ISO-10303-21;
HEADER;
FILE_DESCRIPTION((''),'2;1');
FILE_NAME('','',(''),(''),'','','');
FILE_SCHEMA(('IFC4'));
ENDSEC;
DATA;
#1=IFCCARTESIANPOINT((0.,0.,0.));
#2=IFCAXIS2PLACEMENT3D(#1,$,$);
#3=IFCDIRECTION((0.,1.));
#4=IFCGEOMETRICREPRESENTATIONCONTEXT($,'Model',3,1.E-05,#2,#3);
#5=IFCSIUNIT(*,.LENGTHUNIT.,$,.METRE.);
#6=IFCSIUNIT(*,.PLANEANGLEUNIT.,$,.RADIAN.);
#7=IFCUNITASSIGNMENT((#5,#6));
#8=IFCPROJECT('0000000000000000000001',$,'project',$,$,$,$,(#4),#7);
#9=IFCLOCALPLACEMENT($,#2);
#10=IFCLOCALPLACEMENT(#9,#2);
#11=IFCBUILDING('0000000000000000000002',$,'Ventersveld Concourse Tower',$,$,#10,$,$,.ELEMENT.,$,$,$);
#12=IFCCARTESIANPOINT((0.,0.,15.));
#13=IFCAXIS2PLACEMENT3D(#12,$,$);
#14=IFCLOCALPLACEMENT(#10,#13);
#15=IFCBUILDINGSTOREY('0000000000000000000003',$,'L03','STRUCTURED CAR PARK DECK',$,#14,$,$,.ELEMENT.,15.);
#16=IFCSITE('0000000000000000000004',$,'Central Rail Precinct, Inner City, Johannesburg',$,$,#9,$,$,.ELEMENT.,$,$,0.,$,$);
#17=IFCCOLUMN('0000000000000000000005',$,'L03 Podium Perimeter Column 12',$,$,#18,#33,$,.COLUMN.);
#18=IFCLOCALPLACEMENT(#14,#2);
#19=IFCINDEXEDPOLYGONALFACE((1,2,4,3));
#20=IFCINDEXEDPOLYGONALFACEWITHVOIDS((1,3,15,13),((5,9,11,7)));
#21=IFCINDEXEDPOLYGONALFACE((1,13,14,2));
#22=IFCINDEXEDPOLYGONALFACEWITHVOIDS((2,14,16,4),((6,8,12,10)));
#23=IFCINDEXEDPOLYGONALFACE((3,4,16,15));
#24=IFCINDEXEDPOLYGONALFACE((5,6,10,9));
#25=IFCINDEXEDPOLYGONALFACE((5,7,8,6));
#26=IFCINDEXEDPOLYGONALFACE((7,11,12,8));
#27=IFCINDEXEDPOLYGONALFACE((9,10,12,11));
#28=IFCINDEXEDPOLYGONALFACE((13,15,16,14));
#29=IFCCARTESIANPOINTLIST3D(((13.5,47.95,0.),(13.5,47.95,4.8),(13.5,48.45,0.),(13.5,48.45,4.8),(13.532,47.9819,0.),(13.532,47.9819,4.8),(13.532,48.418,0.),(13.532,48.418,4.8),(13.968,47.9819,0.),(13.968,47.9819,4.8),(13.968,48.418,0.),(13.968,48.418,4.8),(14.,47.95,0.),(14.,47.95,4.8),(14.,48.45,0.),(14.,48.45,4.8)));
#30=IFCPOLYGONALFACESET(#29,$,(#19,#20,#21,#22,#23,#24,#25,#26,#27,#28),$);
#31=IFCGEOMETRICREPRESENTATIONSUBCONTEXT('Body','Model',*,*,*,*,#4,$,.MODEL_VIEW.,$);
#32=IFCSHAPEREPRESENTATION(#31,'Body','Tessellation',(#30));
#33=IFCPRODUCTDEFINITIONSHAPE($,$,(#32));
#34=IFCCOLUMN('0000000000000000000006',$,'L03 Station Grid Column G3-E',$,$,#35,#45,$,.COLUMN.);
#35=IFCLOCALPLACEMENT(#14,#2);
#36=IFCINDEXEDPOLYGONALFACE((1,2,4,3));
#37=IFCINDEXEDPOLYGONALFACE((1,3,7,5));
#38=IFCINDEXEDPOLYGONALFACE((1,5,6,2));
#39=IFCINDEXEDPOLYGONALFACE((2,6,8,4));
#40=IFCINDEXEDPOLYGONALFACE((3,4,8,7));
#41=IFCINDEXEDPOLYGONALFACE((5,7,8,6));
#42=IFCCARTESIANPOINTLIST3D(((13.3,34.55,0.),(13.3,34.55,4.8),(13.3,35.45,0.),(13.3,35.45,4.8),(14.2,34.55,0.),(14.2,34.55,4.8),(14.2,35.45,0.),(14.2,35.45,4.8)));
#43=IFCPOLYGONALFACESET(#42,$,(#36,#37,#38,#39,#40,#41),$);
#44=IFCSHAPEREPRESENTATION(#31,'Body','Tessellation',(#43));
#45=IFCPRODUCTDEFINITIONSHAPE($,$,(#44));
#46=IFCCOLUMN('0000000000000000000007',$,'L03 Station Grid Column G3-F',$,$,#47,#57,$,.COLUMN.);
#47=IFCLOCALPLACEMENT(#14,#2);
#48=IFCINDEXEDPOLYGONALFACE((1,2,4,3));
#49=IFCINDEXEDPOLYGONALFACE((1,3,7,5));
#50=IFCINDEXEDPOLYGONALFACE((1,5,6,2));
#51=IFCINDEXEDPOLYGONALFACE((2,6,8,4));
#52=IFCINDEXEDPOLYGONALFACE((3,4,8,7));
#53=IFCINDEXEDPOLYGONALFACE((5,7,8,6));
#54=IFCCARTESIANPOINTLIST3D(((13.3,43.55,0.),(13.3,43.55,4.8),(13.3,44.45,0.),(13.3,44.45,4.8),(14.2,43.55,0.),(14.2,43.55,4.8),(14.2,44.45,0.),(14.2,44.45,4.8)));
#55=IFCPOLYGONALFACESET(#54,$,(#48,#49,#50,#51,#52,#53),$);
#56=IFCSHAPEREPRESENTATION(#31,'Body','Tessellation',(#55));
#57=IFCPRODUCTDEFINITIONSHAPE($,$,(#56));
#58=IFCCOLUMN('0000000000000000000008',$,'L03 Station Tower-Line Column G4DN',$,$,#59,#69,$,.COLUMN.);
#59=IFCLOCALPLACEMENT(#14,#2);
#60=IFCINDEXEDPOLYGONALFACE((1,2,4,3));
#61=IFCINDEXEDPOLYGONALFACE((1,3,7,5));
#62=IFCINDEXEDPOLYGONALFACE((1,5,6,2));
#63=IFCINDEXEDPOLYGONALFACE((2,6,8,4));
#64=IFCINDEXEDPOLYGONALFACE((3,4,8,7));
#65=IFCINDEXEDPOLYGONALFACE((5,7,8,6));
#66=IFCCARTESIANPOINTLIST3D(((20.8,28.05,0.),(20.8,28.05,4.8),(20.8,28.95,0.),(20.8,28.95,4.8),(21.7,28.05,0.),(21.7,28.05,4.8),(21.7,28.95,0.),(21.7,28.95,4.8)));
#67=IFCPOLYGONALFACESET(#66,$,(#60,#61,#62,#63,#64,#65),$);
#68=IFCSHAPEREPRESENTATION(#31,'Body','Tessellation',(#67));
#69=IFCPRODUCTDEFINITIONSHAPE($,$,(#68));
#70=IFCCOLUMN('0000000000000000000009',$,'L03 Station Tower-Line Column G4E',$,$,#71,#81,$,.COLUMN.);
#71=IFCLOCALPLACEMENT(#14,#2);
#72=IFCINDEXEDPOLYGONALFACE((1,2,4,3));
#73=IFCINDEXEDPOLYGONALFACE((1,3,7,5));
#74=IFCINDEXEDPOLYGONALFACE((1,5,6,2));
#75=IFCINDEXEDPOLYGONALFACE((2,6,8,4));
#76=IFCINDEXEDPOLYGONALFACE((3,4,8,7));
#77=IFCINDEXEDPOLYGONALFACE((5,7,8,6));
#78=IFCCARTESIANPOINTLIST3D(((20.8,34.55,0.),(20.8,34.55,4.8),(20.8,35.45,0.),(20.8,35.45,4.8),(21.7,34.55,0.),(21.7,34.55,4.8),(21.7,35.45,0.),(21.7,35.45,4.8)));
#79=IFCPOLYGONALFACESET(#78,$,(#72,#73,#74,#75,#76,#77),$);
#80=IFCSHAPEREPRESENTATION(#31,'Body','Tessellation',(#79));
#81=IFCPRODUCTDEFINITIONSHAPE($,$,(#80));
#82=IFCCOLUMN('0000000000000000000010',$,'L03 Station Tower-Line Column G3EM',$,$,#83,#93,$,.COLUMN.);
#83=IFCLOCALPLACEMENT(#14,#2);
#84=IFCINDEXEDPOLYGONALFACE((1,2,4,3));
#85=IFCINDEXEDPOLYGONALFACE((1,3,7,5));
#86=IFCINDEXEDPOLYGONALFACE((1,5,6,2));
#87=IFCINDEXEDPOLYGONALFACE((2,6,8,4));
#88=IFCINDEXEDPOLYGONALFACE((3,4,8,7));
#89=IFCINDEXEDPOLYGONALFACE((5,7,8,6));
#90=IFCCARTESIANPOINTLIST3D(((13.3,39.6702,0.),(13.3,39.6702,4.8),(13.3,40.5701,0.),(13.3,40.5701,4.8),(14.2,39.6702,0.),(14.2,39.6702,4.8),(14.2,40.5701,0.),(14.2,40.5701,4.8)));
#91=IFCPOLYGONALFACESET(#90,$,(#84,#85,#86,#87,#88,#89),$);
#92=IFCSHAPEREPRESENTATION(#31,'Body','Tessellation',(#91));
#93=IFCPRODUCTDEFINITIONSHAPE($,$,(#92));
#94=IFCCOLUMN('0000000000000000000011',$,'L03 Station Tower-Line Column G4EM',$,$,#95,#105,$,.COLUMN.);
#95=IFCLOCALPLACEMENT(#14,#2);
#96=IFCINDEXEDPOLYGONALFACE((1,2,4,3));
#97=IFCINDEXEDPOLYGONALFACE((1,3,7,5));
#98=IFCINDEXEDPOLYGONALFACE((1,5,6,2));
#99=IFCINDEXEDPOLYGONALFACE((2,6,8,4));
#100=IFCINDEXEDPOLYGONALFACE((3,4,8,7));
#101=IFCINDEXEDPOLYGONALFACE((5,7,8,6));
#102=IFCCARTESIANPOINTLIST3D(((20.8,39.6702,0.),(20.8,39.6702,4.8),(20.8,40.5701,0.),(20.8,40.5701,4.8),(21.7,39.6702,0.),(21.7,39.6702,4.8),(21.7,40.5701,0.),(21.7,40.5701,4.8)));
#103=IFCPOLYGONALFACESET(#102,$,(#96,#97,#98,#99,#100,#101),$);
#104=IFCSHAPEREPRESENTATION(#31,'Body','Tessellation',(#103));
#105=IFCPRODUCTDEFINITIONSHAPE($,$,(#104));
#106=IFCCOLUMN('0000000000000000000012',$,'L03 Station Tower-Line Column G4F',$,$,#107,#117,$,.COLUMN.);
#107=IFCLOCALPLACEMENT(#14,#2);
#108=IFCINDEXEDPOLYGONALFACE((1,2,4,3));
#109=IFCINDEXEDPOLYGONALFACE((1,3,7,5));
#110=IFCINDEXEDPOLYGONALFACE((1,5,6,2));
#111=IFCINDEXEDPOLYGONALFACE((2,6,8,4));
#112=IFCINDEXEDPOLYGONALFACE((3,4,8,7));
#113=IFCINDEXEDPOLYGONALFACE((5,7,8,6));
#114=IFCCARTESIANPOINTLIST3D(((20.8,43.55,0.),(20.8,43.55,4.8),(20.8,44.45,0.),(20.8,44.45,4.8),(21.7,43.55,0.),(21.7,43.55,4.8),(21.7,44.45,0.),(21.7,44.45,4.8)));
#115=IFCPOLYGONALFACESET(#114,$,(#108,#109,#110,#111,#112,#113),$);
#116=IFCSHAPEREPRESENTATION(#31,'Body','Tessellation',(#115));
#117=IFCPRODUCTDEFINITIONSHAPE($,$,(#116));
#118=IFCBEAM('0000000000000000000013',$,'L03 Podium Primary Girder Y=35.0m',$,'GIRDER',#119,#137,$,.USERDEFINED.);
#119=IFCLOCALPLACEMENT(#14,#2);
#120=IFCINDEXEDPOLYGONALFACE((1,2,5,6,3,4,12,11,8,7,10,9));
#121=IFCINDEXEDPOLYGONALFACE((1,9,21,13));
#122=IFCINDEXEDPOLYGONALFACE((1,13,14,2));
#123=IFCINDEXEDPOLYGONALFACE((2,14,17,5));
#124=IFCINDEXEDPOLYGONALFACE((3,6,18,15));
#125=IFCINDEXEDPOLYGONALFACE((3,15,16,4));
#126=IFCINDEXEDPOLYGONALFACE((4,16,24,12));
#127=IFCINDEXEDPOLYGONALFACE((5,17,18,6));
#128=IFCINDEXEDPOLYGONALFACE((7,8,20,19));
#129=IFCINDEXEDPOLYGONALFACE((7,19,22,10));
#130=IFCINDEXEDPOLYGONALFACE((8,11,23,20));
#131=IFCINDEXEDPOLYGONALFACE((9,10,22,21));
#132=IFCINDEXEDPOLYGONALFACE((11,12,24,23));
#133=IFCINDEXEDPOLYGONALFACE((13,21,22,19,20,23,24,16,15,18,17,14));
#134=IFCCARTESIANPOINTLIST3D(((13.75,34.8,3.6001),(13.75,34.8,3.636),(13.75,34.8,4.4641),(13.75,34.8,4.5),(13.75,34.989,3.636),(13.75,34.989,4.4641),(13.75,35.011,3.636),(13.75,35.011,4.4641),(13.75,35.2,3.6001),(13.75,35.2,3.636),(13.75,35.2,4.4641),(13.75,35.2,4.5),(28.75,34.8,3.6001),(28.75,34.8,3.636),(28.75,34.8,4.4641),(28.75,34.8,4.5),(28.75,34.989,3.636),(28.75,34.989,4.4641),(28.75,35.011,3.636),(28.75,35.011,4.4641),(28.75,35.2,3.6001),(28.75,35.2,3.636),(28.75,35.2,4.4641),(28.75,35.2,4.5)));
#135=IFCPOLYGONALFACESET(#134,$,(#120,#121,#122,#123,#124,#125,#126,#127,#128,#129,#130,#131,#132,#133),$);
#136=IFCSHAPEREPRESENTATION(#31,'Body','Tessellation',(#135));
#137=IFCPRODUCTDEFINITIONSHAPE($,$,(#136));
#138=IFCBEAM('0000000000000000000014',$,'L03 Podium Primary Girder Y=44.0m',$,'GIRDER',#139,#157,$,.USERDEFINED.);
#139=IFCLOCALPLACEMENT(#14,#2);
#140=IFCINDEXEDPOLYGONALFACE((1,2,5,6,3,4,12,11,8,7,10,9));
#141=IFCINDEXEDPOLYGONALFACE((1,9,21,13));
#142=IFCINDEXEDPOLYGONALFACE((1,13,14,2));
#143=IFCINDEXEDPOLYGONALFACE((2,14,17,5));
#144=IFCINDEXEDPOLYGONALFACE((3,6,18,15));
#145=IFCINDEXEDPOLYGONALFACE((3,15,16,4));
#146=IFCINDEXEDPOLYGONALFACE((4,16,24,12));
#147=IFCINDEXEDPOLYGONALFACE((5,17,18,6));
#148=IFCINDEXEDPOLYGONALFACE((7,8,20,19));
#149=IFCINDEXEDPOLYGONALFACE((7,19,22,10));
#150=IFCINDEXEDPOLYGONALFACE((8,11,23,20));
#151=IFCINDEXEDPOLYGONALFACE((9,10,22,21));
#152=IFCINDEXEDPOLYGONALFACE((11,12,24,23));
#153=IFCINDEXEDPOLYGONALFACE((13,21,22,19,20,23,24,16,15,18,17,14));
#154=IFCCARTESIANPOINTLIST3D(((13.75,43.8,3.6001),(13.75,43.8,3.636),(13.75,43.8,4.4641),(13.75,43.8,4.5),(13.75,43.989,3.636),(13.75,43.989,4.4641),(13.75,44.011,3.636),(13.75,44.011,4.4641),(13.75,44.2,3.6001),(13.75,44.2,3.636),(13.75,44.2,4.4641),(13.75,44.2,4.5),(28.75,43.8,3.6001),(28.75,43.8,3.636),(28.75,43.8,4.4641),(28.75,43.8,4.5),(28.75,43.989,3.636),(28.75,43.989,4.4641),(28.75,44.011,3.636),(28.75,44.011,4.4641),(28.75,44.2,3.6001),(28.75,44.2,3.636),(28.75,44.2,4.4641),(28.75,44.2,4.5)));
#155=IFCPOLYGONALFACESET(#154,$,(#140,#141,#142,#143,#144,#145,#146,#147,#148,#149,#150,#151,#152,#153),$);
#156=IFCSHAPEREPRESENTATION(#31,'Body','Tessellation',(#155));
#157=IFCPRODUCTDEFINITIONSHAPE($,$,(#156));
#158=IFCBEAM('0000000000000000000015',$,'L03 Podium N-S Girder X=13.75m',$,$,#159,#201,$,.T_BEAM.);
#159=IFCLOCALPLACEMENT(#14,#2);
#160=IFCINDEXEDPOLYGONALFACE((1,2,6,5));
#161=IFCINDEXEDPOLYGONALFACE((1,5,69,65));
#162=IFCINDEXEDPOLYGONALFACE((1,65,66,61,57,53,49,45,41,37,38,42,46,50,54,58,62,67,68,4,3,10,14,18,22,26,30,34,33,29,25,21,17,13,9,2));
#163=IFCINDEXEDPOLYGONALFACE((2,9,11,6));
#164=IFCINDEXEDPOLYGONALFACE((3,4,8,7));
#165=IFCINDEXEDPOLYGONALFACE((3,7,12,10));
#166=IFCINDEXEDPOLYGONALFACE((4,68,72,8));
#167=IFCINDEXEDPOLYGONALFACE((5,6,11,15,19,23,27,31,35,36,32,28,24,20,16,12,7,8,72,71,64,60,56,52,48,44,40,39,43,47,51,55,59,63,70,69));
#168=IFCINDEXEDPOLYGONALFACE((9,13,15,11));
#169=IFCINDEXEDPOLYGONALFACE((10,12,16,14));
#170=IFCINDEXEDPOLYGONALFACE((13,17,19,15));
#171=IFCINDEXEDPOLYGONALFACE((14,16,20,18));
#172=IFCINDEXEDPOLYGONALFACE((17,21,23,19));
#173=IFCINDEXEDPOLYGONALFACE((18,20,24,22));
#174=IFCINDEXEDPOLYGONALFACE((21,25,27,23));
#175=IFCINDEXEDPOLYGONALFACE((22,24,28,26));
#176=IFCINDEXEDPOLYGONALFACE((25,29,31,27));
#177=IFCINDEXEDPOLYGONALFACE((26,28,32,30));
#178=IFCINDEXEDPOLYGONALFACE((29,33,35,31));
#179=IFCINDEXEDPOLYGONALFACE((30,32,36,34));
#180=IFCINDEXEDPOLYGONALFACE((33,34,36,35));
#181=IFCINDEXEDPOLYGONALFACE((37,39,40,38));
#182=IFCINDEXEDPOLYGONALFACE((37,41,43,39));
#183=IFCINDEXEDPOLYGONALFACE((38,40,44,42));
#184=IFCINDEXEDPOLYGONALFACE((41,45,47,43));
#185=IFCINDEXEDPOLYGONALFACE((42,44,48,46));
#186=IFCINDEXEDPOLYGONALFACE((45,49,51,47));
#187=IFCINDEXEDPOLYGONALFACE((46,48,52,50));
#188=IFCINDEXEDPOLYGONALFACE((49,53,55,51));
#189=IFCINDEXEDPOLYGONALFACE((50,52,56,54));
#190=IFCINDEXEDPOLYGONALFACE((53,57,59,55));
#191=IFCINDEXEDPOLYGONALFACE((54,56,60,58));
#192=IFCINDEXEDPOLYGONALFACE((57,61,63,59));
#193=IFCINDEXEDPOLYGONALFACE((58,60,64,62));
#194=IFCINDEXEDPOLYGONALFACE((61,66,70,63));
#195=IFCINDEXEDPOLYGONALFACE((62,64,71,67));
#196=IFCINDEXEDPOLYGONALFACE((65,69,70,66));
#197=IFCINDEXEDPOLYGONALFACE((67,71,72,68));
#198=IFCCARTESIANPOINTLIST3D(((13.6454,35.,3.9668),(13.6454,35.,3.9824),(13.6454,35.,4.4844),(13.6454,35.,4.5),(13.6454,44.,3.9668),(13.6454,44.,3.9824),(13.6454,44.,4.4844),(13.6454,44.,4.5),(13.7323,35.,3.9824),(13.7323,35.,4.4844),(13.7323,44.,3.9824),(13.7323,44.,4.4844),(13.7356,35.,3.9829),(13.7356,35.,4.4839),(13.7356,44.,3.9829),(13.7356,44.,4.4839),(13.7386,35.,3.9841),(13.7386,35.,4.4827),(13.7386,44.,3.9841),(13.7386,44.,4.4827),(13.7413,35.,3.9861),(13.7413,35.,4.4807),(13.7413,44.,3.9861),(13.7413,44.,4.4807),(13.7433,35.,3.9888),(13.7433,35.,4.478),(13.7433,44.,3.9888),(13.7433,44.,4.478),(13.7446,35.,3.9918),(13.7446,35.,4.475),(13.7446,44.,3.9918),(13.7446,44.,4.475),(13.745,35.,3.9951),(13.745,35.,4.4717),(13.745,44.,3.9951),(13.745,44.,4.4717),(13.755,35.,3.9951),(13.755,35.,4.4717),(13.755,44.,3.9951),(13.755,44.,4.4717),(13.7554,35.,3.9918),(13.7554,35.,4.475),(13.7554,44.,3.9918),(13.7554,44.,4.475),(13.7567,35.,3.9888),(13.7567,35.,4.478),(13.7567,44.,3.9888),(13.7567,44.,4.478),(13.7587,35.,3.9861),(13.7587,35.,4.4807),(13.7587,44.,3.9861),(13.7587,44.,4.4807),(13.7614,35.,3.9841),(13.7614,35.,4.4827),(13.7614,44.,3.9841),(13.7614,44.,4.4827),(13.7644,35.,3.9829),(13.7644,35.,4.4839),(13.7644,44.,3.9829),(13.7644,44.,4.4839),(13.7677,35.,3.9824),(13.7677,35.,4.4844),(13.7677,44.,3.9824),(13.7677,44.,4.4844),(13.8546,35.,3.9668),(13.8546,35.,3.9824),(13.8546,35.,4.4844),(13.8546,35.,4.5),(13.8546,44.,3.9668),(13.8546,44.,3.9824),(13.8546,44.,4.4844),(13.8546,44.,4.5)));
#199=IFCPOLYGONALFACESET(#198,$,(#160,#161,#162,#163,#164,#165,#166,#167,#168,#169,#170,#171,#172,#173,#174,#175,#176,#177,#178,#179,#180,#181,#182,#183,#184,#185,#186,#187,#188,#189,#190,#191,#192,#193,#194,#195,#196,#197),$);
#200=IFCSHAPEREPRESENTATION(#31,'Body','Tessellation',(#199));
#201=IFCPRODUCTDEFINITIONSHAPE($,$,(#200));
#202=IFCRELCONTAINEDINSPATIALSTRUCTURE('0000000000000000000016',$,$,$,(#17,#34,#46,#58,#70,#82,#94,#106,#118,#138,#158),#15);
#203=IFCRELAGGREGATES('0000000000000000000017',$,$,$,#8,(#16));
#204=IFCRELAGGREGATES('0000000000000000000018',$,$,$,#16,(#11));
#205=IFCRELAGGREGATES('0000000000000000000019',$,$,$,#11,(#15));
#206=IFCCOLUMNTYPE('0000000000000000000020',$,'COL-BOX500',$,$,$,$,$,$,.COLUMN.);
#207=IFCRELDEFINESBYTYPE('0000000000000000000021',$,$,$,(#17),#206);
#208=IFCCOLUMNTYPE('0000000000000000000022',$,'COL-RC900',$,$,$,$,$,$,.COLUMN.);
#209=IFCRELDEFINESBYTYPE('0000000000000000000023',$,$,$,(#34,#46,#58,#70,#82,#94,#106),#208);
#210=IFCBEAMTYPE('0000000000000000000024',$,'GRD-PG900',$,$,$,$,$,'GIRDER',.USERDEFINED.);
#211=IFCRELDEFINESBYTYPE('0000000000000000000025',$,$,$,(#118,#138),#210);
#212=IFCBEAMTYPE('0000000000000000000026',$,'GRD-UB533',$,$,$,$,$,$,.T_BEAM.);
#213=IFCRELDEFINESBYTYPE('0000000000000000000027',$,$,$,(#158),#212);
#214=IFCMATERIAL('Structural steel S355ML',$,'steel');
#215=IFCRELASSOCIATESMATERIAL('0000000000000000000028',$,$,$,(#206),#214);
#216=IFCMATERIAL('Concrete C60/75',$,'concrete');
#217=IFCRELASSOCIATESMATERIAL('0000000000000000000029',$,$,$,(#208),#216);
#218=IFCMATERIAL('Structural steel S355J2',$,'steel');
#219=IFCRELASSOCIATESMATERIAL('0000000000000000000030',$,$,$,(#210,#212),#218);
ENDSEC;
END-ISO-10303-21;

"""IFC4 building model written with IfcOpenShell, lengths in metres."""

from ifc_helpers import new_model, si_unit, direction, frame, origin, origin_2d, place, context, subcontext, project, spatial, rectangle, hollow_rectangle, i_section, extrude, material, material_profile, profile_set, type_object, element, save


model = new_model("IFC4")

# Units and contexts
model_context = context("Model", 3, precision=1e-05, world=origin(), true_north=direction((0.0, 1.0)))
body_context = subcontext(model_context, "Body", "Model", "MODEL_VIEW")
ifc_project = project(units=[si_unit("LENGTHUNIT", "METRE"), si_unit("PLANEANGLEUNIT", "RADIAN")], contexts=[model_context])

# Site, building, storey
site_placement = place(None, origin())
site = spatial("IfcSite", under=ifc_project, at=site_placement, Name="Central Rail Precinct, Inner City, Johannesburg", CompositionType="ELEMENT", RefElevation=0.0)
building_placement = place(site_placement, origin())
building = spatial("IfcBuilding", under=site, at=building_placement, Name="Ventersveld Concourse Tower", CompositionType="ELEMENT")
storey_placement = place(building_placement, frame((0.0, 0.0, 15.0)))
storey = spatial("IfcBuildingStorey", under=building, at=storey_placement, Name="L03", Description="STRUCTURED CAR PARK DECK", CompositionType="ELEMENT", Elevation=15.0)

# Columns
ifc_material_1 = material(Name="Structural steel S355ML", Category="steel")
ifc_material_profile_1 = material_profile(ifc_material_1, hollow_rectangle(XDim=0.5, YDim=0.5, WallThickness=0.032, at=origin_2d()), Name="BOX 500x500x32")
ifc_profile_set_1 = profile_set([ifc_material_profile_1], Name="Structural steel S355ML")
column_type_1 = type_object("IfcColumnType", Name="COL-BOX500", PredefinedType="COLUMN", material=ifc_profile_set_1)
column_placement = place(storey_placement, frame((13.75, 48.2, 0.0), z_axis=(0.0, 0.0, 1.0), x_axis=(1.0, 0.0, 0.0)))
element("IfcColumn", 1, at=column_placement, inside=storey, type_object=column_type_1, Name="L03 Podium Perimeter Column 12", PredefinedType="COLUMN", context=body_context, shape_type="SweptSolid", body=[
    extrude(hollow_rectangle(XDim=0.5, YDim=0.5, WallThickness=0.032, at=origin_2d()), origin(), (0.0, 0.0, 1.0), 4.8),
])
ifc_material_2 = material(Name="Concrete C60/75", Category="concrete")
ifc_material_profile_2 = material_profile(ifc_material_2, rectangle(XDim=0.8999, YDim=0.8999, at=origin_2d()), Name="RC 900x900")
ifc_profile_set_2 = profile_set([ifc_material_profile_2], Name="Concrete C60/75")
column_type_2 = type_object("IfcColumnType", Name="COL-RC900", PredefinedType="COLUMN", material=ifc_profile_set_2)
for number, where, z_axis, x_axis, name in (
    (2, (13.75, 35.0, 0.0), (0.0, 0.0, 1.0), (1.0, 0.0, 0.0), "L03 Station Grid Column G3-E"),
    (3, (13.75, 44.0, 0.0), (0.0, 0.0, 1.0), (1.0, 0.0, 0.0), "L03 Station Grid Column G3-F"),
    (4, (21.25, 28.5, 0.0), (0.0, 0.0, 1.0), (1.0, 0.0, 0.0), "L03 Station Tower-Line Column G4DN"),
    (5, (21.25, 35.0, 0.0), (0.0, 0.0, 1.0), (1.0, 0.0, 0.0), "L03 Station Tower-Line Column G4E"),
    (6, (13.75, 40.1201, 0.0), (0.0, 0.0, 1.0), (1.0, 0.0, 0.0), "L03 Station Tower-Line Column G3EM"),
    (7, (21.25, 40.1201, 0.0), (0.0, 0.0, 1.0), (1.0, 0.0, 0.0), "L03 Station Tower-Line Column G4EM"),
    (8, (21.25, 44.0, 0.0), (0.0, 0.0, 1.0), (1.0, 0.0, 0.0), "L03 Station Tower-Line Column G4F"),
):
    element("IfcColumn", number, at=place(storey_placement, frame(where, z_axis=z_axis, x_axis=x_axis)), inside=storey, type_object=column_type_2, Name=name, PredefinedType="COLUMN", context=body_context, shape_type="SweptSolid", body=[
        extrude(rectangle(XDim=0.8999, YDim=0.8999, at=origin_2d()), origin(), (0.0, 0.0, 1.0), 4.8),
    ])

# Beams
ifc_material_3 = material(Name="Structural steel S355J2", Category="steel")
ifc_material_profile_3 = material_profile(ifc_material_3, i_section(OverallWidth=0.3999, OverallDepth=0.8999, WebThickness=0.022, FlangeThickness=0.0359, at=origin_2d()), Name="PG 900x400x36")
ifc_profile_set_3 = profile_set([ifc_material_profile_3], Name="Structural steel S355J2")
beam_type_1 = type_object("IfcBeamType", Name="GRD-PG900", ElementType="GIRDER", PredefinedType="USERDEFINED", material=ifc_profile_set_3)
for number, where, z_axis, x_axis, name in (
    (9, (13.75, 35.0, 4.05), (1.0, 0.0, 0.0), (0.0, 1.0, 0.0), "L03 Podium Primary Girder Y=35.0m"),
    (10, (13.75, 44.0, 4.05), (1.0, 0.0, 0.0), (0.0, 1.0, 0.0), "L03 Podium Primary Girder Y=44.0m"),
):
    element("IfcBeam", number, at=place(storey_placement, frame(where, z_axis=z_axis, x_axis=x_axis)), inside=storey, type_object=beam_type_1, Name=name, ObjectType="GIRDER", PredefinedType="USERDEFINED", context=body_context, shape_type="SweptSolid", body=[
        extrude(i_section(OverallWidth=0.3999, OverallDepth=0.8999, WebThickness=0.022, FlangeThickness=0.0359, at=origin_2d()), origin(), (0.0, 0.0, 1.0), 15.0),
    ])
ifc_material_profile_4 = material_profile(ifc_material_3, i_section(OverallWidth=0.2092, OverallDepth=0.5332, WebThickness=0.01, FlangeThickness=0.0156, FilletRadius=0.0127, at=origin_2d()), Name="UB 533x210x92")
ifc_profile_set_4 = profile_set([ifc_material_profile_4], Name="Structural steel S355J2")
beam_type_2 = type_object("IfcBeamType", Name="GRD-UB533", PredefinedType="T_BEAM", material=ifc_profile_set_4)
beam_1_placement = place(storey_placement, frame((13.75, 35.0, 4.2334), z_axis=(0.0, 1.0, 0.0), x_axis=(-1.0, 0.0, 0.0)))
element("IfcBeam", 11, at=beam_1_placement, inside=storey, type_object=beam_type_2, Name="L03 Podium N-S Girder X=13.75m", PredefinedType="T_BEAM", context=body_context, shape_type="SweptSolid", body=[
    extrude(i_section(OverallWidth=0.2092, OverallDepth=0.5332, WebThickness=0.01, FlangeThickness=0.0156, FilletRadius=0.0127, at=origin_2d()), origin(), (0.0, 0.0, 1.0), 9.0),
])

save(model, "model.ifc")
